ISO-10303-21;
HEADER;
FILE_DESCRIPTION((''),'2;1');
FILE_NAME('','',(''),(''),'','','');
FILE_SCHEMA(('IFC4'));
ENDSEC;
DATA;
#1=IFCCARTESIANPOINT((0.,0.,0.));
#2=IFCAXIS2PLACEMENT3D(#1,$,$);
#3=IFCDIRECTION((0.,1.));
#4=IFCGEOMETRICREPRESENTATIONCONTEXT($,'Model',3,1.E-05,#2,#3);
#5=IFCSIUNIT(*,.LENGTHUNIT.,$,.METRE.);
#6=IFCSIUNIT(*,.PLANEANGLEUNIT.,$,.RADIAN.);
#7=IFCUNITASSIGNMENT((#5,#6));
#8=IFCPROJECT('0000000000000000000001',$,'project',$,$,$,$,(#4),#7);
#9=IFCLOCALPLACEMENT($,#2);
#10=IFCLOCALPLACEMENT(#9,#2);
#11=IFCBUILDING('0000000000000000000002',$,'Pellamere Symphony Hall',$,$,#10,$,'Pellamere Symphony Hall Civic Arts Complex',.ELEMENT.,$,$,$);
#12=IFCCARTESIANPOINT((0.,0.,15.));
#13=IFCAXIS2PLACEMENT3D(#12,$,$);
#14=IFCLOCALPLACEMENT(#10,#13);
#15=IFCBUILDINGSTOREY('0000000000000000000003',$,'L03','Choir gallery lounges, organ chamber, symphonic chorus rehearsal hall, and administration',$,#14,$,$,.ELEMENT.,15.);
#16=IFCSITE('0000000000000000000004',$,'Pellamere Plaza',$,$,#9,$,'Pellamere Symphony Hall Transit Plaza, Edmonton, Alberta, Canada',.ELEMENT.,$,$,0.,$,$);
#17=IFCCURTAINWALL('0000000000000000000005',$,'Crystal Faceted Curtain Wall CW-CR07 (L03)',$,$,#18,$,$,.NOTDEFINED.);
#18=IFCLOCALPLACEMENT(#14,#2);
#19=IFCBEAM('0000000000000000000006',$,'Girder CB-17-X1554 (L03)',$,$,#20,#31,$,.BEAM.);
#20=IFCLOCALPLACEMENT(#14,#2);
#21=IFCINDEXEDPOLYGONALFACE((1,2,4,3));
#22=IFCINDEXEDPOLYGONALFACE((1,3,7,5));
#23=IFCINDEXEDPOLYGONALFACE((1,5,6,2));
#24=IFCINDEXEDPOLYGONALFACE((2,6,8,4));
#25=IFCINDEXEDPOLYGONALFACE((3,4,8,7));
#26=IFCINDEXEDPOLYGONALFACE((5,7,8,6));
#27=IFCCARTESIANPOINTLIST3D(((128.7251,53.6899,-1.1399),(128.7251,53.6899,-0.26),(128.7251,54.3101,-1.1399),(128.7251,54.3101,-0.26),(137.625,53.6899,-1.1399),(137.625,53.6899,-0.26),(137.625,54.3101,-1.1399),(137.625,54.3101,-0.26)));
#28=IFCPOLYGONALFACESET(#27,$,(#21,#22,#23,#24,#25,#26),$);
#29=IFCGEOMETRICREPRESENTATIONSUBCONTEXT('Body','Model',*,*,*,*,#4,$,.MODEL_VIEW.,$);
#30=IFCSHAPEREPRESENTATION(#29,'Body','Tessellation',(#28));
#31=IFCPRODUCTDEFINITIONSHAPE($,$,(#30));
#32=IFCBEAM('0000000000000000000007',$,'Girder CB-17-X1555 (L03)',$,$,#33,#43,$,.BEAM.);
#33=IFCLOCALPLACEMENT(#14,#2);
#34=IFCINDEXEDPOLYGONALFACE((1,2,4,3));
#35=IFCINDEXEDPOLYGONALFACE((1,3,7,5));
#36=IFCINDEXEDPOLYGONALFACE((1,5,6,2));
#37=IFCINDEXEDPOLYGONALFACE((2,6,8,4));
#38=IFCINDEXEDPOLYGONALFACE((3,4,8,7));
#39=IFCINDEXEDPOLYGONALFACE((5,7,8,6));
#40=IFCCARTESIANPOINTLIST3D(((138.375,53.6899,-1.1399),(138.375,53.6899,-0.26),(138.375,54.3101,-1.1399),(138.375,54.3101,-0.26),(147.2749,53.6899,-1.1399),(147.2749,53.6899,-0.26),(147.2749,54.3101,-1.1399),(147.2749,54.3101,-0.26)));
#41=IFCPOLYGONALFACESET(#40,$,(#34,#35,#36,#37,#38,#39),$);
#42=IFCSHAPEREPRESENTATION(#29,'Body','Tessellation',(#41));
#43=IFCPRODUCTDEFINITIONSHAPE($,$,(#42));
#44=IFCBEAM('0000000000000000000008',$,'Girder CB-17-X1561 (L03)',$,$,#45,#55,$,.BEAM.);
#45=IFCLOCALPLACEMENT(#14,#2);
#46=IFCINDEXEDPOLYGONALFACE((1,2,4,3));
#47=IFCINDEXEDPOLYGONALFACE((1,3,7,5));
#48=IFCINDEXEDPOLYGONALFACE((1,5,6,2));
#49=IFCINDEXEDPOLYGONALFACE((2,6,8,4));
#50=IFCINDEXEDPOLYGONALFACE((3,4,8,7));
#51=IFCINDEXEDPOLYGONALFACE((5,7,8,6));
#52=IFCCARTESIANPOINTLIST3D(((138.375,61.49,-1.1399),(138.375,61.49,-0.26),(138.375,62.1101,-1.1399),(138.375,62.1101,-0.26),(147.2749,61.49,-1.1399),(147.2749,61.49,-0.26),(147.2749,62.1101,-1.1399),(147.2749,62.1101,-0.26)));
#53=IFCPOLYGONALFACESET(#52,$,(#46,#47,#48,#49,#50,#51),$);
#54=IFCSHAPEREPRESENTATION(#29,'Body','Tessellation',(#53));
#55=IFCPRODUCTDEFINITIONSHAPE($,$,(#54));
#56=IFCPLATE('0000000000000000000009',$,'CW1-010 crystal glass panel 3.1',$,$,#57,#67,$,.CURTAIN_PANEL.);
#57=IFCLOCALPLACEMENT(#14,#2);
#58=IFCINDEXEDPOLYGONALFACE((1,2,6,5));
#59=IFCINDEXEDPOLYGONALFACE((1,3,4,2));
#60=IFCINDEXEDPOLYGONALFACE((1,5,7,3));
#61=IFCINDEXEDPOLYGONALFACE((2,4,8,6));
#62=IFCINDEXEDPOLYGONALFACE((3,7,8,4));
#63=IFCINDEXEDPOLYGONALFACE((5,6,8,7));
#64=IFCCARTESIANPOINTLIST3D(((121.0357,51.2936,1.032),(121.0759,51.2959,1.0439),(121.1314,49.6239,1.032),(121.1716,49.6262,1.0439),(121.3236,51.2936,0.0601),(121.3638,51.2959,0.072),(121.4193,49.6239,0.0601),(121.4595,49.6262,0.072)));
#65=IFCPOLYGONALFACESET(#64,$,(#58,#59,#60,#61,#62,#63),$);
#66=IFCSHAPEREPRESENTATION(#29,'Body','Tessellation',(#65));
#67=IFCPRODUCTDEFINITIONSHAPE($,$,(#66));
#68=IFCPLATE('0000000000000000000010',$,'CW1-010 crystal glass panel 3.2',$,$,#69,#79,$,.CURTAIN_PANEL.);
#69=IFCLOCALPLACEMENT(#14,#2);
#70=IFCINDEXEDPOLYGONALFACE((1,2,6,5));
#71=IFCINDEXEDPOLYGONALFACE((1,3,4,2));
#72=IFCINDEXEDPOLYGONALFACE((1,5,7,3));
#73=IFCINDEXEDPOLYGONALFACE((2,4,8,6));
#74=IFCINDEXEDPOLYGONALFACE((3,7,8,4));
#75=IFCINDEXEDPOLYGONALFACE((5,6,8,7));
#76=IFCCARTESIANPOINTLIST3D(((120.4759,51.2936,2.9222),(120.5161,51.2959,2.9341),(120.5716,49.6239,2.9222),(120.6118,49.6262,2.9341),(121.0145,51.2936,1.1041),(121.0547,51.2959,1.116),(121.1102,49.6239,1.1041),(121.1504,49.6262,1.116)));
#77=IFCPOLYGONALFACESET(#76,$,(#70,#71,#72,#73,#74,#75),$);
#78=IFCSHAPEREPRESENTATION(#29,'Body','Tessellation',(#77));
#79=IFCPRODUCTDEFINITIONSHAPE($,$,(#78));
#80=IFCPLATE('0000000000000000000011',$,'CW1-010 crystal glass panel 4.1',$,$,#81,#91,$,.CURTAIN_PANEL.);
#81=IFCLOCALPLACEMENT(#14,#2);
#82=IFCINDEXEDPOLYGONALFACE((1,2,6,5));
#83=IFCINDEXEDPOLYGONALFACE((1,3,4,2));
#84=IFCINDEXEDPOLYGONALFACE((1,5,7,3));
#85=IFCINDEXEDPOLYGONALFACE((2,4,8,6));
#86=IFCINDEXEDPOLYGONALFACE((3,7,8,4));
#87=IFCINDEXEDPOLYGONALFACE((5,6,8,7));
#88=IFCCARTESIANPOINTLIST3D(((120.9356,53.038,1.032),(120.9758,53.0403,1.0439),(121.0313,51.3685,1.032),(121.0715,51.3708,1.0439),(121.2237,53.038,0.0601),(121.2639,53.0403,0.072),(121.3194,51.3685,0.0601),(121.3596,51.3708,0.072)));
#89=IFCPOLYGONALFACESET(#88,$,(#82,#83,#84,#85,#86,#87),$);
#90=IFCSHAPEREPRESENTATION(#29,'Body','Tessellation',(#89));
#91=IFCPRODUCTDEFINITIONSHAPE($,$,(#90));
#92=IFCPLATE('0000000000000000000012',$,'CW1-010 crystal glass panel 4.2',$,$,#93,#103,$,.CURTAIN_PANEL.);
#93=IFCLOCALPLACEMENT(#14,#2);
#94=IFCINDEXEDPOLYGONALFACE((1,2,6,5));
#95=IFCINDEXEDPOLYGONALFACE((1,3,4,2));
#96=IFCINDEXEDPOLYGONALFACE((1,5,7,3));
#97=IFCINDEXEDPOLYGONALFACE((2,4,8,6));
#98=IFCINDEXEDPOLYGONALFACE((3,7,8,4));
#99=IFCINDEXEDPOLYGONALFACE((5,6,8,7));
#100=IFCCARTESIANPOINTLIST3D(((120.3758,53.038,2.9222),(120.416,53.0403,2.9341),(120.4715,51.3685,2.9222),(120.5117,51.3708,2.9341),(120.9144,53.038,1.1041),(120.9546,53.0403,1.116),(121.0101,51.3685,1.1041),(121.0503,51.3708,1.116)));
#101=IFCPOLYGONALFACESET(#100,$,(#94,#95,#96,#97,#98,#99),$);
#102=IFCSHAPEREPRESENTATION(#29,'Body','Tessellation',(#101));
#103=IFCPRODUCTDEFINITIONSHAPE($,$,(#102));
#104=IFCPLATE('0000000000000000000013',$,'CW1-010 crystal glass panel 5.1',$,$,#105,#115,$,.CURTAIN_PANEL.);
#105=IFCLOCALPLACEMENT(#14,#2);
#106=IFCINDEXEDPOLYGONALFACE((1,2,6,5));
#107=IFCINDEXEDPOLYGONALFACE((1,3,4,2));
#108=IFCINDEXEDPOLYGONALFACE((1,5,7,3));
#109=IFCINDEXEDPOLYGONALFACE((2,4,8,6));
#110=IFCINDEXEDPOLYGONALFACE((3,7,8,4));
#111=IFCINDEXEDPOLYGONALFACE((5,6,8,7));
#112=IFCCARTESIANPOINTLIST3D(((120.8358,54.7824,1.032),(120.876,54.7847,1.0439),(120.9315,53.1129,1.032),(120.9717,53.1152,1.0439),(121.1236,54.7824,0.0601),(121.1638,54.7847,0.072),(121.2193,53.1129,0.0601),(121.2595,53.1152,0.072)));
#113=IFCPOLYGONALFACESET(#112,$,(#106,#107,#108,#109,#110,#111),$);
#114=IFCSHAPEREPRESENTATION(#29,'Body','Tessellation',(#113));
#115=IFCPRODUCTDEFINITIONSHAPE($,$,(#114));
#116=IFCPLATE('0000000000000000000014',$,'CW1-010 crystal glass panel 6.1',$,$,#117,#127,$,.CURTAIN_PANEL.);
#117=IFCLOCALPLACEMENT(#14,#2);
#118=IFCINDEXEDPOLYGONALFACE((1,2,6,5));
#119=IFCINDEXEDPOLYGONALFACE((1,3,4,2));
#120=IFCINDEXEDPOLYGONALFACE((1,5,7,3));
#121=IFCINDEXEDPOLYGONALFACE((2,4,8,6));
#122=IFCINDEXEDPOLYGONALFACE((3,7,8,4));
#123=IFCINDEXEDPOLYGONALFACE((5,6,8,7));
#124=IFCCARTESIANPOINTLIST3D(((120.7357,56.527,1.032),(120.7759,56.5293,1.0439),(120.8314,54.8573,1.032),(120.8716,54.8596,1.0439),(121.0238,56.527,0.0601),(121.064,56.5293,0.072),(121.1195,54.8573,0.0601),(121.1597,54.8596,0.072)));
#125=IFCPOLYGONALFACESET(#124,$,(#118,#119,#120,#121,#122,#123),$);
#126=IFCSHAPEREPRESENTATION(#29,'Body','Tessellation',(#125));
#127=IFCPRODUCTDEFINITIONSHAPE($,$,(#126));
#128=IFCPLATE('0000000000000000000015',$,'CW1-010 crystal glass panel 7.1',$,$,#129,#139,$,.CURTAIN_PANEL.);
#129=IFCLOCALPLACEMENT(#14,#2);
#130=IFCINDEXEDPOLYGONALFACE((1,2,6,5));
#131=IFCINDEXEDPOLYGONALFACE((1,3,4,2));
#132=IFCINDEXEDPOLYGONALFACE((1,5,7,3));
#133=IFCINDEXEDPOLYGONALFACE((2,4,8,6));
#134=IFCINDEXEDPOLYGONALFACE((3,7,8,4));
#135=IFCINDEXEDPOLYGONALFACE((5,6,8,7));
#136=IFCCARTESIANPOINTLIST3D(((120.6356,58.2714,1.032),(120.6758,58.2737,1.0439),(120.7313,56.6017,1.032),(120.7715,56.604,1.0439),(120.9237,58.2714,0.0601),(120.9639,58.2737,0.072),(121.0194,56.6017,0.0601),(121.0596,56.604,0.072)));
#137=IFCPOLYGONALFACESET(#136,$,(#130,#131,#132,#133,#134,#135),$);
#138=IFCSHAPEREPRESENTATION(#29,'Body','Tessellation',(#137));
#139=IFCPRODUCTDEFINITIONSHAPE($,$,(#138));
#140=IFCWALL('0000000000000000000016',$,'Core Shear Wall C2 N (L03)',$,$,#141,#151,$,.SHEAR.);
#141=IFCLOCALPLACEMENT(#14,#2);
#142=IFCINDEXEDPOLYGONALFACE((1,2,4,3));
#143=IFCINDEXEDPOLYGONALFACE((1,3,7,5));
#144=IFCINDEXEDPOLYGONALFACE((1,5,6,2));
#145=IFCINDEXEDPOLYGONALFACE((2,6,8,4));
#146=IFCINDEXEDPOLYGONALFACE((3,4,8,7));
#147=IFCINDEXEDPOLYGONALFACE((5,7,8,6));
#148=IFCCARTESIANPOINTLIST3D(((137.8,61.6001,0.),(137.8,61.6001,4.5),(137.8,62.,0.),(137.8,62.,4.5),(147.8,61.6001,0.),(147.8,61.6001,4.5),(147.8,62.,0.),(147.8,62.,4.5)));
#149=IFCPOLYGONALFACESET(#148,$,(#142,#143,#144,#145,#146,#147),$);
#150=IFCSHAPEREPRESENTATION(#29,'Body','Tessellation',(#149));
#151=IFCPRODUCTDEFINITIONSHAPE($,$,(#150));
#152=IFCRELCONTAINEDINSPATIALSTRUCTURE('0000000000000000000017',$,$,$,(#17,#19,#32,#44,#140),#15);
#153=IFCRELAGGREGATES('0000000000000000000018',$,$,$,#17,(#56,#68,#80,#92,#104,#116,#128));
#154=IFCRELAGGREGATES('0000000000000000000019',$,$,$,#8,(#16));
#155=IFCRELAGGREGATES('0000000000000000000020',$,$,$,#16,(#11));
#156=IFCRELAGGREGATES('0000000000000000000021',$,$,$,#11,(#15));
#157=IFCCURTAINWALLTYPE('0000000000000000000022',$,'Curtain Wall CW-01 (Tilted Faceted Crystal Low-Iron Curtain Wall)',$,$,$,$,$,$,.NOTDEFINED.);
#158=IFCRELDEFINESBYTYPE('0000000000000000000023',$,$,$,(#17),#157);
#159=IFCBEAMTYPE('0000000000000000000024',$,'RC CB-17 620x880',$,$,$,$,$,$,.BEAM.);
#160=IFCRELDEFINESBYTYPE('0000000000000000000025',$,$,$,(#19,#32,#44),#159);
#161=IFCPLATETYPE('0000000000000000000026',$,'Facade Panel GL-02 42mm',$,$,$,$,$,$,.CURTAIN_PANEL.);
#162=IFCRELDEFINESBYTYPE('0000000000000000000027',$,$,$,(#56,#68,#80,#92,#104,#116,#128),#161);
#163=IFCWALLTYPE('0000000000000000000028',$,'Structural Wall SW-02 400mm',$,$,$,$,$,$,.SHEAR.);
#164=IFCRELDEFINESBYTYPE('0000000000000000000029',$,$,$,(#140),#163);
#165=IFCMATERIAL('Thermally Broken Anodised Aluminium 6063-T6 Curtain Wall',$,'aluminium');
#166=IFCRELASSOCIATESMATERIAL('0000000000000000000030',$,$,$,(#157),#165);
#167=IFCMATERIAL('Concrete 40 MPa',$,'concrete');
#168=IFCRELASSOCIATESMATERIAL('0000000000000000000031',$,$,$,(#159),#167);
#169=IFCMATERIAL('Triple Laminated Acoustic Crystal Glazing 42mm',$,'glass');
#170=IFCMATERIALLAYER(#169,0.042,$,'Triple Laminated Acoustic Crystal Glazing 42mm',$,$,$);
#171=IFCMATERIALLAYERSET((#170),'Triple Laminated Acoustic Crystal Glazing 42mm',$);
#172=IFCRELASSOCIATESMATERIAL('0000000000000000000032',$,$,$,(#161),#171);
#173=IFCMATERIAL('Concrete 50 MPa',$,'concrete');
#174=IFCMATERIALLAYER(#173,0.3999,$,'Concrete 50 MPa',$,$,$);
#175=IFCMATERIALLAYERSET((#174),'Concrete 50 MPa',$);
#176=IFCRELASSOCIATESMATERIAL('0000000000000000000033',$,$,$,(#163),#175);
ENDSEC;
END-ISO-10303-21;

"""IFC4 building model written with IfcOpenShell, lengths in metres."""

from ifc_helpers import new_model, si_unit, direction, frame, frame_2d, origin, origin_2d, place, context, subcontext, project, spatial, polyline, rectangle, outline, extrude, material, layer, layer_set, material_profile, profile_set, type_object, element, aggregate, save


model = new_model("IFC4")

# Units and contexts
model_context = context("Model", 3, precision=1e-05, world=origin(), true_north=direction((0.0, 1.0)))
body_context = subcontext(model_context, "Body", "Model", "MODEL_VIEW")
ifc_project = project(units=[si_unit("LENGTHUNIT", "METRE"), si_unit("PLANEANGLEUNIT", "RADIAN")], contexts=[model_context])

# Site, building, storey
site_placement = place(None, origin())
site = spatial("IfcSite", under=ifc_project, at=site_placement, Name="Pellamere Plaza", LongName="Pellamere Symphony Hall Transit Plaza, Edmonton, Alberta, Canada", CompositionType="ELEMENT", RefElevation=0.0)
building_placement = place(site_placement, origin())
building = spatial("IfcBuilding", under=site, at=building_placement, Name="Pellamere Symphony Hall", LongName="Pellamere Symphony Hall Civic Arts Complex", CompositionType="ELEMENT")
storey_placement = place(building_placement, frame((0.0, 0.0, 15.0)))
storey = spatial("IfcBuildingStorey", under=building, at=storey_placement, Name="L03", Description="Choir gallery lounges, organ chamber, symphonic chorus rehearsal hall, and administration", CompositionType="ELEMENT", Elevation=15.0)

# Shared definitions
ifc_material_1 = material(Name="Concrete 40 MPa", Category="concrete")

# Curtain wall
ifc_material_2 = material(Name="Thermally Broken Anodised Aluminium 6063-T6 Curtain Wall", Category="aluminium")
curtain_wall_type_1 = type_object("IfcCurtainWallType", Name="Curtain Wall CW-01 (Tilted Faceted Crystal Low-Iron Curtain Wall)", PredefinedType="NOTDEFINED", material=ifc_material_2)
curtain_wall_1_placement = place(storey_placement, origin())
curtain_wall_1 = element("IfcCurtainWall", 1, at=curtain_wall_1_placement, inside=storey, type_object=curtain_wall_type_1, Name="Crystal Faceted Curtain Wall CW-CR07 (L03)", PredefinedType="NOTDEFINED")

# Beams
ifc_material_profile_1 = material_profile(ifc_material_1, rectangle(XDim=0.6201, YDim=0.8799, at=origin_2d()), Name="RC 620x880")
ifc_profile_set_1 = profile_set([ifc_material_profile_1], Name="Concrete 40 MPa")
beam_type_1 = type_object("IfcBeamType", Name="RC CB-17 620x880", PredefinedType="BEAM", material=ifc_profile_set_1)
for number, where, z_axis, x_axis, name in (
    (2, (128.7251, 54.0, -0.7), (1.0, 0.0, 0.0), (0.0, 1.0, 0.0), "Girder CB-17-X1554 (L03)"),
    (3, (138.375, 54.0, -0.7), (1.0, 0.0, 0.0), (0.0, 1.0, 0.0), "Girder CB-17-X1555 (L03)"),
    (4, (138.375, 61.8, -0.7), (1.0, 0.0, 0.0), (0.0, 1.0, 0.0), "Girder CB-17-X1561 (L03)"),
):
    element("IfcBeam", number, at=place(storey_placement, frame(where, z_axis=z_axis, x_axis=x_axis)), inside=storey, type_object=beam_type_1, Name=name, PredefinedType="BEAM", context=body_context, shape_type="SweptSolid", body=[
        extrude(rectangle(XDim=0.6201, YDim=0.8799, at=origin_2d()), origin(), (0.0, 0.0, 1.0), 8.8999),
    ])

# Plates
ifc_material_3 = material(Name="Triple Laminated Acoustic Crystal Glazing 42mm", Category="glass")
ifc_layer_1 = layer(ifc_material_3, 0.042, Name="Triple Laminated Acoustic Crystal Glazing 42mm")
ifc_layer_set_1 = layer_set([ifc_layer_1], Name="Triple Laminated Acoustic Crystal Glazing 42mm")
plate_type = type_object("IfcPlateType", Name="Facade Panel GL-02 42mm", PredefinedType="CURTAIN_PANEL", material=ifc_layer_set_1)
plate_1_placement = place(storey_placement, frame((121.4595, 49.6262, 0.072), z_axis=(0.95739, 0.054876, 0.283537), x_axis=(-0.057224, 0.998361, 0.0)))
plate_1 = element("IfcPlate", 5, at=plate_1_placement, type_object=plate_type, Name="CW1-010 crystal glass panel 3.1", PredefinedType="CURTAIN_PANEL", context=body_context, shape_type="SweptSolid", body=[
    extrude(outline(polyline([(0.0, 0.0), (1.6724, 0.0), (1.6889, 1.0135), (0.0165, 1.0135), (0.0, 0.0)])), origin(), (0.0, 0.0, -1.0), 0.042),
])
plate_2_placement = place(storey_placement, frame((121.1504, 49.6262, 1.116), z_axis=(0.957372, 0.054875, 0.283599), x_axis=(-0.057224, 0.998361, 0.0)))
plate_2 = element("IfcPlate", 6, at=plate_2_placement, type_object=plate_type, Name="CW1-010 crystal glass panel 3.2", PredefinedType="CURTAIN_PANEL", context=body_context, shape_type="SweptSolid", body=[
    extrude(outline(polyline([(0.0, 0.0), (1.6724, 0.0), (1.7032, 1.896), (0.0308, 1.896), (0.0, 0.0)])), origin(), (0.0, 0.0, -1.0), 0.042),
])
plate_3_placement = place(storey_placement, frame((121.3596, 51.3708, 0.072), z_axis=(0.957324, 0.05488, 0.283758), x_axis=(-0.057233, 0.998361, 0.0)))
plate_3 = element("IfcPlate", 7, at=plate_3_placement, type_object=plate_type, Name="CW1-010 crystal glass panel 4.1", PredefinedType="CURTAIN_PANEL", context=body_context, shape_type="SweptSolid", body=[
    extrude(outline(polyline([(0.0, 0.0), (1.6722, 0.0), (1.6887, 1.0136), (0.0165, 1.0136), (0.0, 0.0)])), origin(), (0.0, 0.0, -1.0), 0.042),
])
plate_4_placement = place(storey_placement, frame((121.0503, 51.3708, 1.116), z_axis=(0.957371, 0.054883, 0.283599), x_axis=(-0.057233, 0.998361, 0.0)))
plate_4 = element("IfcPlate", 8, at=plate_4_placement, type_object=plate_type, Name="CW1-010 crystal glass panel 4.2", PredefinedType="CURTAIN_PANEL", context=body_context, shape_type="SweptSolid", body=[
    extrude(outline(polyline([(0.0, 0.0), (1.6722, 0.0), (1.703, 1.896), (0.0308, 1.896), (0.0, 0.0)])), origin(), (0.0, 0.0, -1.0), 0.042),
])
plate_5_placement = place(storey_placement, frame((121.2595, 53.1152, 0.072), z_axis=(0.957389, 0.054884, 0.283537), x_axis=(-0.057233, 0.998361, 0.0)))
plate_5 = element("IfcPlate", 9, at=plate_5_placement, type_object=plate_type, Name="CW1-010 crystal glass panel 5.1", PredefinedType="CURTAIN_PANEL", context=body_context, shape_type="SweptSolid", body=[
    extrude(outline(polyline([(0.0, 0.0), (1.6722, 0.0), (1.6886, 1.0135), (0.0165, 1.0135), (0.0, 0.0)])), origin(), (0.0, 0.0, -1.0), 0.042),
])
plate_6_placement = place(storey_placement, frame((121.1597, 54.8596, 0.072), z_axis=(0.957324, 0.054872, 0.283759), x_axis=(-0.057224, 0.998361, 0.0)))
plate_6 = element("IfcPlate", 10, at=plate_6_placement, type_object=plate_type, Name="CW1-010 crystal glass panel 6.1", PredefinedType="CURTAIN_PANEL", context=body_context, shape_type="SweptSolid", body=[
    extrude(outline(polyline([(0.0, 0.0), (1.6724, 0.0), (1.6889, 1.0136), (0.0165, 1.0136), (0.0, 0.0)])), origin(), (0.0, 0.0, -1.0), 0.042),
])
plate_7_placement = place(storey_placement, frame((121.0596, 56.604, 0.072), z_axis=(0.957324, 0.054872, 0.283759), x_axis=(-0.057224, 0.998361, 0.0)))
plate_7 = element("IfcPlate", 11, at=plate_7_placement, type_object=plate_type, Name="CW1-010 crystal glass panel 7.1", PredefinedType="CURTAIN_PANEL", context=body_context, shape_type="SweptSolid", body=[
    extrude(outline(polyline([(0.0, 0.0), (1.6724, 0.0), (1.6889, 1.0136), (0.0165, 1.0136), (0.0, 0.0)])), origin(), (0.0, 0.0, -1.0), 0.042),
])
aggregate(curtain_wall_1, [plate_1, plate_2, plate_3, plate_4, plate_5, plate_6, plate_7])

# Wall
ifc_material_4 = material(Name="Concrete 50 MPa", Category="concrete")
ifc_layer_2 = layer(ifc_material_4, 0.3999, Name="Concrete 50 MPa")
ifc_layer_set_2 = layer_set([ifc_layer_2], Name="Concrete 50 MPa")
wall_type = type_object("IfcWallType", Name="Structural Wall SW-02 400mm", PredefinedType="SHEAR", material=ifc_layer_set_2)
wall_placement = place(storey_placement, frame((137.8, 61.8, 0.0), z_axis=(0.0, 0.0, 1.0), x_axis=(1.0, 0.0, 0.0)))
element("IfcWall", 12, at=wall_placement, inside=storey, type_object=wall_type, Name="Core Shear Wall C2 N (L03)", PredefinedType="SHEAR", context=body_context, shape_type="SweptSolid", body=[
    extrude(rectangle(XDim=10.0, YDim=0.3999, at=frame_2d((5.0, 0.0))), origin(), (0.0, 0.0, 1.0), 4.5),
])

save(model, "model.ifc")
